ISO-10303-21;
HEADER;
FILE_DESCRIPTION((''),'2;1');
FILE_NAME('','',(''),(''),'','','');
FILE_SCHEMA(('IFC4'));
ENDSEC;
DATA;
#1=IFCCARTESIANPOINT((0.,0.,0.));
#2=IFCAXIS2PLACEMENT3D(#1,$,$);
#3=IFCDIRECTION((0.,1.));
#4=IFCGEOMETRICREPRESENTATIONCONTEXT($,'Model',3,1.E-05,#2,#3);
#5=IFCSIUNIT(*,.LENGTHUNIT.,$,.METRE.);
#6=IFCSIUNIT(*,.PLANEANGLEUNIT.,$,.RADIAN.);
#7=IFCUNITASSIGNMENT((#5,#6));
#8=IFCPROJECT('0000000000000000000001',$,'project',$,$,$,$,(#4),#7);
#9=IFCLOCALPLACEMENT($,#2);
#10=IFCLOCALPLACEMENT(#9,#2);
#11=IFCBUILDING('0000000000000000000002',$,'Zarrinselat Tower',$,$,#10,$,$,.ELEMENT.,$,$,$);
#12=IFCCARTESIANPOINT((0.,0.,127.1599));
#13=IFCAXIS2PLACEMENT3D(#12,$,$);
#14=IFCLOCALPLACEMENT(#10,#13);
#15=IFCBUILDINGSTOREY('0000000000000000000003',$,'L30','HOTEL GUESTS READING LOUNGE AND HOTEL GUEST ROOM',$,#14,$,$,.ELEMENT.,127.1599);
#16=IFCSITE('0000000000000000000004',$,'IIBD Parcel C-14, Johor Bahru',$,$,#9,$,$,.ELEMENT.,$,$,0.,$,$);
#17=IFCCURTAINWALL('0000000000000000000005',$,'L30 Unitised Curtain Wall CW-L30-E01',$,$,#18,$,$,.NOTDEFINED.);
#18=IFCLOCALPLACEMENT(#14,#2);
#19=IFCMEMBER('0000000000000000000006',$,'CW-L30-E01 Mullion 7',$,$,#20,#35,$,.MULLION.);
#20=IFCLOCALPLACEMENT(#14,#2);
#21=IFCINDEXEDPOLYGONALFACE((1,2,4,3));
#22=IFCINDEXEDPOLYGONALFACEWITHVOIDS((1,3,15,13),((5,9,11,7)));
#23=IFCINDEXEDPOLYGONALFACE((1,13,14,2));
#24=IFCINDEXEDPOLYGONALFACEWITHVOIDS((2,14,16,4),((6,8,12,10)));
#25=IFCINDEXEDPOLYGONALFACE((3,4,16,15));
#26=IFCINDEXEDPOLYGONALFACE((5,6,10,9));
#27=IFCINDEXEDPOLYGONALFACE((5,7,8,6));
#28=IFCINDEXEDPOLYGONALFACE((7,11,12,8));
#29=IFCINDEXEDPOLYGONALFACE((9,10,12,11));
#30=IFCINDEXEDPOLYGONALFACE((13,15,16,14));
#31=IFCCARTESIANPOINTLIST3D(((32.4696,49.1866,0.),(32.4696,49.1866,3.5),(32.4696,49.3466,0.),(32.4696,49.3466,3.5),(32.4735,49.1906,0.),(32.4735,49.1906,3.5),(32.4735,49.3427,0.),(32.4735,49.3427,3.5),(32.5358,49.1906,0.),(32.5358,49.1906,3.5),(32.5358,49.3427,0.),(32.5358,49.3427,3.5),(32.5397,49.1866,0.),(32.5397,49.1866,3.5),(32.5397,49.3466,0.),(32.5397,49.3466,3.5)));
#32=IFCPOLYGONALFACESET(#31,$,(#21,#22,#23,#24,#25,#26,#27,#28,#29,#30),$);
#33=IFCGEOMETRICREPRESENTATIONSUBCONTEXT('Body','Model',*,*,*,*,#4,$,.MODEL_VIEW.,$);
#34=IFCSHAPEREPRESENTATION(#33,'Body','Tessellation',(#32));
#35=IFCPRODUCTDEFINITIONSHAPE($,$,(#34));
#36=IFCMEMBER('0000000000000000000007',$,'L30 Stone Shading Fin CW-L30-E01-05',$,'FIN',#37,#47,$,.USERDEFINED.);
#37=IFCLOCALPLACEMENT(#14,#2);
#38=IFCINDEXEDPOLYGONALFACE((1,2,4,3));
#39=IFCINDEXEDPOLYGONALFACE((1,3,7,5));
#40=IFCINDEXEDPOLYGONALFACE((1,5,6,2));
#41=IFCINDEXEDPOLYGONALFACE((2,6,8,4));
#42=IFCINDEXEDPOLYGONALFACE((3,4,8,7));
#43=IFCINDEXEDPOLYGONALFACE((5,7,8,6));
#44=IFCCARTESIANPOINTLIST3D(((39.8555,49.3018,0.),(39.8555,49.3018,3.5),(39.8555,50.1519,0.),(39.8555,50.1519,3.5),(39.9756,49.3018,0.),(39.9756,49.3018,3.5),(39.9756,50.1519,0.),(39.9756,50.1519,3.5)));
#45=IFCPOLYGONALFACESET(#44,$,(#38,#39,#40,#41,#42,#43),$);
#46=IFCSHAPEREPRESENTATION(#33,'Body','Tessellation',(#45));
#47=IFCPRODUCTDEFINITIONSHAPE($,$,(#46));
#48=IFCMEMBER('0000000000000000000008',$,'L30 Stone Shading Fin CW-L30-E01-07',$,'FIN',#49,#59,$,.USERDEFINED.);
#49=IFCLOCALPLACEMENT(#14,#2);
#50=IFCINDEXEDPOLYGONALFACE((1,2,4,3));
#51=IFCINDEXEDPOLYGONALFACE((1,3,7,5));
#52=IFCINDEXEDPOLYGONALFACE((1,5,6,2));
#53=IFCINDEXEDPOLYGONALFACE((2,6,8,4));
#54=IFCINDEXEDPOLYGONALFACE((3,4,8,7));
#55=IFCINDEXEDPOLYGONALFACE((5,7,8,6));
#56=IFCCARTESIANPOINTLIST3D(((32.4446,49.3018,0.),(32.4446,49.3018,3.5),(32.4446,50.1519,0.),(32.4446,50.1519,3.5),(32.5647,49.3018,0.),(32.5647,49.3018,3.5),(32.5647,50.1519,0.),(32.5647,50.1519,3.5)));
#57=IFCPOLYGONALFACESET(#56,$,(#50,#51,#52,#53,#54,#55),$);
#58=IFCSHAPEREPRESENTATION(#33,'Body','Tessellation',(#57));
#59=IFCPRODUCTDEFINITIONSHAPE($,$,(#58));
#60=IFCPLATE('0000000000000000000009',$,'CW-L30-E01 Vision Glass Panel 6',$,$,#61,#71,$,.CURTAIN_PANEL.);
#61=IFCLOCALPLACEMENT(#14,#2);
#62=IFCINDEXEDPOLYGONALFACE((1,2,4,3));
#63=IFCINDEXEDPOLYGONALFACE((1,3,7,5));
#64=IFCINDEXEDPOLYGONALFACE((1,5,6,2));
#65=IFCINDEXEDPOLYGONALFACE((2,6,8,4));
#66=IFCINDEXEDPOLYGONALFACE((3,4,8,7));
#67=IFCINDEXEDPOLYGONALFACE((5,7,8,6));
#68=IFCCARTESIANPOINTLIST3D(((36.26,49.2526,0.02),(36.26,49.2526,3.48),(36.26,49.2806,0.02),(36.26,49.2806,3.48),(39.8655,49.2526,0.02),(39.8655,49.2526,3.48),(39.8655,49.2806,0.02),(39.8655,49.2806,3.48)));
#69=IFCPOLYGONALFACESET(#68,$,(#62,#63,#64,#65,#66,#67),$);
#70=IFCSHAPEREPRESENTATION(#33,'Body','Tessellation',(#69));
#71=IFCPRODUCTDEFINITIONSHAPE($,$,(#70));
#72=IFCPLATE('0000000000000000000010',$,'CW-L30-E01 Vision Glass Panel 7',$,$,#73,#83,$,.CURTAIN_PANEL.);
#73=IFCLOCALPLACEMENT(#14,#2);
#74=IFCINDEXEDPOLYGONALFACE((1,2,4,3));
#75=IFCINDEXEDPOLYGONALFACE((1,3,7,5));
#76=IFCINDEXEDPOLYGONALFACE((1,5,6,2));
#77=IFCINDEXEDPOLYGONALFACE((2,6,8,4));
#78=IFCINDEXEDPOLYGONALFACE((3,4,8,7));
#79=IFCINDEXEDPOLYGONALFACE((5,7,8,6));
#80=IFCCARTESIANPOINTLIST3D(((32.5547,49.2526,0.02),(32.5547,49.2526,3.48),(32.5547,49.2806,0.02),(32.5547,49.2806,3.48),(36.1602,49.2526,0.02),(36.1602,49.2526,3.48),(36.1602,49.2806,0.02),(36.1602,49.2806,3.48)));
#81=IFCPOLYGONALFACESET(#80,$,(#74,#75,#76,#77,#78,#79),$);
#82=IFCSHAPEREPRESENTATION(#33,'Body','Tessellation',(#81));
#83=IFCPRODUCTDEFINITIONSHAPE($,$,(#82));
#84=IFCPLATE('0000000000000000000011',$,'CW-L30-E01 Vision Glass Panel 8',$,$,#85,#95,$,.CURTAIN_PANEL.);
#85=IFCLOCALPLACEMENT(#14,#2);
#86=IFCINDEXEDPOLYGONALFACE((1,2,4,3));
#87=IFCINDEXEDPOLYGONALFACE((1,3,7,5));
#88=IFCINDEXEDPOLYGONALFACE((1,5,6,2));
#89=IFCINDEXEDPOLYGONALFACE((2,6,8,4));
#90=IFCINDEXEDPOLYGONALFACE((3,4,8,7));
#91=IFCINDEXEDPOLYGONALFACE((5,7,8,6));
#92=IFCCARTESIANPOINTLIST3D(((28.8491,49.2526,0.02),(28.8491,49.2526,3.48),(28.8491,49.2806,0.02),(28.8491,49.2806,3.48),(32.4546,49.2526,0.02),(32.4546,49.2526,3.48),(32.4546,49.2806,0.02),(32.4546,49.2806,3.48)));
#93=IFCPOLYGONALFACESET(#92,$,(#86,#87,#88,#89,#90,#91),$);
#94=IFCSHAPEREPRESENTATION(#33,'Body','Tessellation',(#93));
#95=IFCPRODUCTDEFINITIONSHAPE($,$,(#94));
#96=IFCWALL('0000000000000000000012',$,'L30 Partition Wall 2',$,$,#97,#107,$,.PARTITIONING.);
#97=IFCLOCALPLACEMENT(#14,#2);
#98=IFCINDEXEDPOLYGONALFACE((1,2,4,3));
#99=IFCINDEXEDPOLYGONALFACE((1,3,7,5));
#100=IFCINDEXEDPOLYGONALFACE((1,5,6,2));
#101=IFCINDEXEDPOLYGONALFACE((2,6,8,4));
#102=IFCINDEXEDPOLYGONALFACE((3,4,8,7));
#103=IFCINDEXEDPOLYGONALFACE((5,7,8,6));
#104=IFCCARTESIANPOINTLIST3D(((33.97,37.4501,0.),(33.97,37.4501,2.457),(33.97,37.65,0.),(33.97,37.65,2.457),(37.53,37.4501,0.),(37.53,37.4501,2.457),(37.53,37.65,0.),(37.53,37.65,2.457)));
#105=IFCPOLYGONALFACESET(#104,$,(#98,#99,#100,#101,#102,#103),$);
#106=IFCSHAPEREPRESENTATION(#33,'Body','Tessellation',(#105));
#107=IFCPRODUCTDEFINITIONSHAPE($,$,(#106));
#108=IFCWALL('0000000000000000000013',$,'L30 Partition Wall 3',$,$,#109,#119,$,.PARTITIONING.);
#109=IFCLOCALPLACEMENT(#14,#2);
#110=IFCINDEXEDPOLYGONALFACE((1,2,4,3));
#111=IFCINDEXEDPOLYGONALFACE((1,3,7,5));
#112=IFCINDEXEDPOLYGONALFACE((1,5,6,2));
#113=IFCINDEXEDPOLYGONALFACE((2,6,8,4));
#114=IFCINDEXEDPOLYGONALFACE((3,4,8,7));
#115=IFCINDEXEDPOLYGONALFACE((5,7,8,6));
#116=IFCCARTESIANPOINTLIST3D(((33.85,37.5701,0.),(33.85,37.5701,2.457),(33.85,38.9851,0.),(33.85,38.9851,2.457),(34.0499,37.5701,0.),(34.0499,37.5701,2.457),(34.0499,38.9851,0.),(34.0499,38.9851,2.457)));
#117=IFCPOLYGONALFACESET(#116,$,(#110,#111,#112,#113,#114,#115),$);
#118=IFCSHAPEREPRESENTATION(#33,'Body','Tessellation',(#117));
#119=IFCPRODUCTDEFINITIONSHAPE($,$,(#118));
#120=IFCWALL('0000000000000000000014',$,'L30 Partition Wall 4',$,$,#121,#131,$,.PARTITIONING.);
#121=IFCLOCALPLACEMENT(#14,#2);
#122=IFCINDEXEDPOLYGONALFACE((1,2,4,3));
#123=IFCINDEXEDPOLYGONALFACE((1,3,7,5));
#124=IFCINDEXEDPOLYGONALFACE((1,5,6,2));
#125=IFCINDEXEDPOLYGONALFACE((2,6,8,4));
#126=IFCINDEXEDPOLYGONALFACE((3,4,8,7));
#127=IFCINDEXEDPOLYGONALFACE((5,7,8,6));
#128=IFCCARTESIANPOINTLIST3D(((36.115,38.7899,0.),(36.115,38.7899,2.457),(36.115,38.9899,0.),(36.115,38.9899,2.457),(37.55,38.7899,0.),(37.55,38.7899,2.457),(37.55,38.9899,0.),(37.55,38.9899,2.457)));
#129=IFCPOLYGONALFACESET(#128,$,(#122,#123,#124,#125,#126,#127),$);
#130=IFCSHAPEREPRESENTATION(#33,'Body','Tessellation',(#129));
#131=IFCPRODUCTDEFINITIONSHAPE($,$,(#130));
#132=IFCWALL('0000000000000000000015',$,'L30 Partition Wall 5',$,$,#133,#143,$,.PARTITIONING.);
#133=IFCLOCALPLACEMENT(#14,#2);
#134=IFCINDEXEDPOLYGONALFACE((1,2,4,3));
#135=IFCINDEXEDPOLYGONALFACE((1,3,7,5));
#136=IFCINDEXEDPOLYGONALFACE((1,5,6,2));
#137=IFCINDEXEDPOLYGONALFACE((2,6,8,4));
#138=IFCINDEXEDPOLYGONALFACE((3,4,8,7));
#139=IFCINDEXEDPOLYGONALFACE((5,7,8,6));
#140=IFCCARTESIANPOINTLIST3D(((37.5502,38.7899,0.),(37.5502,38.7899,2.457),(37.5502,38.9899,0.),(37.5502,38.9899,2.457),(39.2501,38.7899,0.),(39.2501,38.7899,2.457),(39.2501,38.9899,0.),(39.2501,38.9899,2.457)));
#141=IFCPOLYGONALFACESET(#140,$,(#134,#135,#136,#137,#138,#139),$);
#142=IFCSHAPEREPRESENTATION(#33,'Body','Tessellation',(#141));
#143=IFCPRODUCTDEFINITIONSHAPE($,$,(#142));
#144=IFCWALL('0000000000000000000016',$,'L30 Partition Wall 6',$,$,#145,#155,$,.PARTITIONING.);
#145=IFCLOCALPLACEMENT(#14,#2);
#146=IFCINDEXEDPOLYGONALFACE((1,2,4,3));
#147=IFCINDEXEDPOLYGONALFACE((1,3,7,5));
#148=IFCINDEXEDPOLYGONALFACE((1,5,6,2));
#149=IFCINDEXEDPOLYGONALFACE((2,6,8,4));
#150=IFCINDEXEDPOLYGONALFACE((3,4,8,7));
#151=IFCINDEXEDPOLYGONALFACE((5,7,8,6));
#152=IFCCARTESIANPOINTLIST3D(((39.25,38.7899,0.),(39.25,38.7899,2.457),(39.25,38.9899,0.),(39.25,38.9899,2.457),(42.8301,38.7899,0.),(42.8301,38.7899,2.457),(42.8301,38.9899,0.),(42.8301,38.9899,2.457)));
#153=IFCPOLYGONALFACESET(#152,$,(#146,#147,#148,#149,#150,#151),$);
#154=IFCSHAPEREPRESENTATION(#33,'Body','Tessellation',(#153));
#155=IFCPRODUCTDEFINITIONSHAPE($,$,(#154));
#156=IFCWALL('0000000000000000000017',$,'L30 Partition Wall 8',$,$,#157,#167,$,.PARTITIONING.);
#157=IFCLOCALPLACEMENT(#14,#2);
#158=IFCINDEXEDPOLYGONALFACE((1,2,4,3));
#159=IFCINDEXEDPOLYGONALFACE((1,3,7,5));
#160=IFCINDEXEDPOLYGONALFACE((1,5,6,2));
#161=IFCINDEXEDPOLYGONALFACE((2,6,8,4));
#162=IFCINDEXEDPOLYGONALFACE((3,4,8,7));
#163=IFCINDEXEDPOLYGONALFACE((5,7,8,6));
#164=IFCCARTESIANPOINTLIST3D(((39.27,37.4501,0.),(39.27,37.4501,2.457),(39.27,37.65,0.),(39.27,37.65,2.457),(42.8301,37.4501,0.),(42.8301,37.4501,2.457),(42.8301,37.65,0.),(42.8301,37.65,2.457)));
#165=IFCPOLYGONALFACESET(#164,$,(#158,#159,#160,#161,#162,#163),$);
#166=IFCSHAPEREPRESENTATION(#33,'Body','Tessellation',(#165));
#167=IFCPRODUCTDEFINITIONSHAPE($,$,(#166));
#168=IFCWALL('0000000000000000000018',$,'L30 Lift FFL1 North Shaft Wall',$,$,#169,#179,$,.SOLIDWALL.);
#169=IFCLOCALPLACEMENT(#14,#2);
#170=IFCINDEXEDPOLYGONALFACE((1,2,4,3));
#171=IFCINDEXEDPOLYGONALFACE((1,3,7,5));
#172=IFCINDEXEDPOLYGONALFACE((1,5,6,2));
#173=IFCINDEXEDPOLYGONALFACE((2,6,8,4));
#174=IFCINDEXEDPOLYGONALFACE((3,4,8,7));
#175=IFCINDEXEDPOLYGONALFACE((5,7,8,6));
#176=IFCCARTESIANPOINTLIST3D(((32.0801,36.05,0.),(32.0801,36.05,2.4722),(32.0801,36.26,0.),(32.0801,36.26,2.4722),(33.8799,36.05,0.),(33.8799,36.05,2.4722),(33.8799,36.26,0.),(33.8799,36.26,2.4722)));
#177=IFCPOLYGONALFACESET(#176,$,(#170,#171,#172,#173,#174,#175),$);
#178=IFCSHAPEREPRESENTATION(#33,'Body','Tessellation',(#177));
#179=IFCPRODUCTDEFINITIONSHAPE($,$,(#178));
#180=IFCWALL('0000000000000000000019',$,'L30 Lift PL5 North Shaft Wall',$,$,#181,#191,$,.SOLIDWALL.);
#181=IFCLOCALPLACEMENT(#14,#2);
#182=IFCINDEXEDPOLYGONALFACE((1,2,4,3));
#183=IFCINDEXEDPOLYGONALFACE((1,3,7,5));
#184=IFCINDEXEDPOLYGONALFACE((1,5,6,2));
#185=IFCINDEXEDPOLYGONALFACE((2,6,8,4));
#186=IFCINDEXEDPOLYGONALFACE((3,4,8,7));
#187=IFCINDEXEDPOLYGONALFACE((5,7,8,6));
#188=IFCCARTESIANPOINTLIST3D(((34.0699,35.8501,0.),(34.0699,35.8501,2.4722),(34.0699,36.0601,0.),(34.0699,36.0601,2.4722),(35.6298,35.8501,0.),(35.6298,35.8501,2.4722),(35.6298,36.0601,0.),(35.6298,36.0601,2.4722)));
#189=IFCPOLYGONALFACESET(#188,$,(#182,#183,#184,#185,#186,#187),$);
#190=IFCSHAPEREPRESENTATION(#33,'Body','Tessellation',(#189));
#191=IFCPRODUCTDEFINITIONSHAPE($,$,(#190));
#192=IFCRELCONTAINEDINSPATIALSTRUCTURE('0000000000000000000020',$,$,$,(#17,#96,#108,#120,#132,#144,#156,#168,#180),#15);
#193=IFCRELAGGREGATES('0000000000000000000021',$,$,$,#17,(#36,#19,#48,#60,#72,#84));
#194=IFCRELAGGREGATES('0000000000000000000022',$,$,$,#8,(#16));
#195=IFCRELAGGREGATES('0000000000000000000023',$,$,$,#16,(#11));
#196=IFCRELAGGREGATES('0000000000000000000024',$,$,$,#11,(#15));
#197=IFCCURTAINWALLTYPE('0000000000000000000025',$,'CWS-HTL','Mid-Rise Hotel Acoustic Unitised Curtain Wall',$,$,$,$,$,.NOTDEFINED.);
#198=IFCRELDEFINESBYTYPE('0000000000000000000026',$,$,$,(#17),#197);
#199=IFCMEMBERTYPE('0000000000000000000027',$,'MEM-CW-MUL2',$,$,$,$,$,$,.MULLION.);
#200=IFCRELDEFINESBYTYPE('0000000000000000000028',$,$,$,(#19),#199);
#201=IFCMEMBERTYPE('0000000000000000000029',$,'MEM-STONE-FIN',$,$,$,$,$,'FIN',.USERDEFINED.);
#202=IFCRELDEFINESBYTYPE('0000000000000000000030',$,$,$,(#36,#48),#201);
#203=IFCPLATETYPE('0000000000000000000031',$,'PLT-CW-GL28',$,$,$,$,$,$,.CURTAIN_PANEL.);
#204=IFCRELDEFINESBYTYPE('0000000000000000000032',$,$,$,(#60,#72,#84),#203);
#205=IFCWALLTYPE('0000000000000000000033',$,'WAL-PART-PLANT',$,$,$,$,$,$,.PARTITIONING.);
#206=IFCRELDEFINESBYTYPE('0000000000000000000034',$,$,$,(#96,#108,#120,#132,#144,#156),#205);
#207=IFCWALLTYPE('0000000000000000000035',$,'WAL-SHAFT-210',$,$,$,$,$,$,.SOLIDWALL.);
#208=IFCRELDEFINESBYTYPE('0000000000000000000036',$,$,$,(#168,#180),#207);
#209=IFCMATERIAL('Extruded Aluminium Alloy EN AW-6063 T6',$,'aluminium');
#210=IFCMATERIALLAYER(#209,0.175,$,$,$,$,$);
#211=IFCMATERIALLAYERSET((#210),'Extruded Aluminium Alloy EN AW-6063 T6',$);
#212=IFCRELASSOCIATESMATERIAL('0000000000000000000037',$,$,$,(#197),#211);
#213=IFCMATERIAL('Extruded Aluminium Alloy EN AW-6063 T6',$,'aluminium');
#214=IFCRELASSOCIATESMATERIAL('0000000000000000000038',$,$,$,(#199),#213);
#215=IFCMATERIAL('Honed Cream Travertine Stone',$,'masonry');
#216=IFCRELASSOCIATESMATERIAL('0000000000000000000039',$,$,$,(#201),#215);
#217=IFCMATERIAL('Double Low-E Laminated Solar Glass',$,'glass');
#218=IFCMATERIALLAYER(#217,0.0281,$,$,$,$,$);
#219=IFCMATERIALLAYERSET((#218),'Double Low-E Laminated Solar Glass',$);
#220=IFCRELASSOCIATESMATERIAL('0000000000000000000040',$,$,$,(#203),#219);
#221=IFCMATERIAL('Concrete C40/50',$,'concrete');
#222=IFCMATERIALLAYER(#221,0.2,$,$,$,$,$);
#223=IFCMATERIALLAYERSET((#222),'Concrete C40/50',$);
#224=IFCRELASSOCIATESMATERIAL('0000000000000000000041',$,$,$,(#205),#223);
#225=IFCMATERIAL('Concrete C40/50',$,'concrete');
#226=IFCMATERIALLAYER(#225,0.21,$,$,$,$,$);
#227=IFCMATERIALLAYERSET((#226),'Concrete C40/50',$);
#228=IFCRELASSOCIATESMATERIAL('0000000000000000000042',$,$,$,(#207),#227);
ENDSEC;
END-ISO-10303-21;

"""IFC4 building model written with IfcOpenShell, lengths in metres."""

from ifc_helpers import new_model, si_unit, direction, frame, frame_2d, origin, origin_2d, place, context, subcontext, project, spatial, rectangle, hollow_rectangle, extrude, material, layer, layer_set, material_profile, profile_set, type_object, element, aggregate, save


model = new_model("IFC4")

# Units and contexts
model_context = context("Model", 3, precision=1e-05, world=origin(), true_north=direction((0.0, 1.0)))
body_context = subcontext(model_context, "Body", "Model", "MODEL_VIEW")
ifc_project = project(units=[si_unit("LENGTHUNIT", "METRE"), si_unit("PLANEANGLEUNIT", "RADIAN")], contexts=[model_context])

# Site, building, storey
site_placement = place(None, origin())
site = spatial("IfcSite", under=ifc_project, at=site_placement, Name="IIBD Parcel C-14, Johor Bahru", CompositionType="ELEMENT", RefElevation=0.0)
building_placement = place(site_placement, origin())
building = spatial("IfcBuilding", under=site, at=building_placement, Name="Zarrinselat Tower", CompositionType="ELEMENT")
storey_placement = place(building_placement, frame((0.0, 0.0, 127.1599)))
storey = spatial("IfcBuildingStorey", under=building, at=storey_placement, Name="L30", Description="HOTEL GUESTS READING LOUNGE AND HOTEL GUEST ROOM", CompositionType="ELEMENT", Elevation=127.1599)

# Curtain wall, members, plates
ifc_material_1 = material(Name="Extruded Aluminium Alloy EN AW-6063 T6", Category="aluminium")
ifc_layer_1 = layer(ifc_material_1, 0.175)
ifc_layer_set_1 = layer_set([ifc_layer_1], Name="Extruded Aluminium Alloy EN AW-6063 T6")
curtain_wall_type = type_object("IfcCurtainWallType", Name="CWS-HTL", Description="Mid-Rise Hotel Acoustic Unitised Curtain Wall", PredefinedType="NOTDEFINED", material=ifc_layer_set_1)
curtain_wall_placement = place(storey_placement, origin())
curtain_wall = element("IfcCurtainWall", 1, at=curtain_wall_placement, inside=storey, type_object=curtain_wall_type, Name="L30 Unitised Curtain Wall CW-L30-E01", PredefinedType="NOTDEFINED")
ifc_material_2 = material(Name="Extruded Aluminium Alloy EN AW-6063 T6", Category="aluminium")
ifc_material_profile_1 = material_profile(ifc_material_2, hollow_rectangle(XDim=0.0701, YDim=0.1599, WallThickness=0.0039, at=origin_2d()), Name="RHS 160x70x4")
ifc_profile_set_1 = profile_set([ifc_material_profile_1], Name="Extruded Aluminium Alloy EN AW-6063 T6")
member_type_1 = type_object("IfcMemberType", Name="MEM-CW-MUL2", PredefinedType="MULLION", material=ifc_profile_set_1)
member_1_placement = place(storey_placement, frame((32.5046, 49.2666, 0.0), z_axis=(0.0, 0.0, 1.0), x_axis=(-1.0, 0.0, 0.0)))
member_1 = element("IfcMember", 2, at=member_1_placement, type_object=member_type_1, Name="CW-L30-E01 Mullion 7", PredefinedType="MULLION", context=body_context, shape_type="SweptSolid", body=[
    extrude(hollow_rectangle(XDim=0.0701, YDim=0.1599, WallThickness=0.0039, at=origin_2d()), origin(), (0.0, 0.0, 1.0), 3.5),
])
ifc_material_3 = material(Name="Honed Cream Travertine Stone", Category="masonry")
ifc_material_profile_2 = material_profile(ifc_material_3, rectangle(XDim=0.1201, YDim=0.8501, at=origin_2d()), Name="FIN 850x120")
ifc_profile_set_2 = profile_set([ifc_material_profile_2], Name="Honed Cream Travertine Stone")
member_type_2 = type_object("IfcMemberType", Name="MEM-STONE-FIN", ElementType="FIN", PredefinedType="USERDEFINED", material=ifc_profile_set_2)
member_2_placement = place(storey_placement, frame((39.9155, 49.7268, 0.0), z_axis=(0.0, 0.0, 1.0), x_axis=(1.0, 0.0, 0.0)))
member_2 = element("IfcMember", 3, at=member_2_placement, type_object=member_type_2, Name="L30 Stone Shading Fin CW-L30-E01-05", ObjectType="FIN", PredefinedType="USERDEFINED", context=body_context, shape_type="SweptSolid", body=[
    extrude(rectangle(XDim=0.1201, YDim=0.8501, at=origin_2d()), origin(), (0.0, 0.0, 1.0), 3.5),
])
member_3_placement = place(storey_placement, frame((32.5046, 49.7268, 0.0), z_axis=(0.0, 0.0, 1.0), x_axis=(1.0, 0.0, 0.0)))
member_3 = element("IfcMember", 4, at=member_3_placement, type_object=member_type_2, Name="L30 Stone Shading Fin CW-L30-E01-07", ObjectType="FIN", PredefinedType="USERDEFINED", context=body_context, shape_type="SweptSolid", body=[
    extrude(rectangle(XDim=0.1201, YDim=0.8501, at=origin_2d()), origin(), (0.0, 0.0, 1.0), 3.5),
])
ifc_material_4 = material(Name="Double Low-E Laminated Solar Glass", Category="glass")
ifc_layer_2 = layer(ifc_material_4, 0.0281)
ifc_layer_set_2 = layer_set([ifc_layer_2], Name="Double Low-E Laminated Solar Glass")
plate_type = type_object("IfcPlateType", Name="PLT-CW-GL28", PredefinedType="CURTAIN_PANEL", material=ifc_layer_set_2)
plate_1_placement = place(storey_placement, frame((38.0627, 49.2666, 0.02), z_axis=(0.0, 0.0, 1.0), x_axis=(-1.0, 0.0, 0.0)))
plate_1 = element("IfcPlate", 5, at=plate_1_placement, type_object=plate_type, Name="CW-L30-E01 Vision Glass Panel 6", PredefinedType="CURTAIN_PANEL", context=body_context, shape_type="SweptSolid", body=[
    extrude(rectangle(XDim=3.6055, YDim=0.0281, at=origin_2d()), origin(), (0.0, 0.0, 1.0), 3.46),
])
plate_2_placement = place(storey_placement, frame((34.3574, 49.2666, 0.02), z_axis=(0.0, 0.0, 1.0), x_axis=(-1.0, 0.0, 0.0)))
plate_2 = element("IfcPlate", 6, at=plate_2_placement, type_object=plate_type, Name="CW-L30-E01 Vision Glass Panel 7", PredefinedType="CURTAIN_PANEL", context=body_context, shape_type="SweptSolid", body=[
    extrude(rectangle(XDim=3.6055, YDim=0.0281, at=origin_2d()), origin(), (0.0, 0.0, 1.0), 3.46),
])
plate_3_placement = place(storey_placement, frame((30.6519, 49.2666, 0.02), z_axis=(0.0, 0.0, 1.0), x_axis=(-1.0, 0.0, 0.0)))
plate_3 = element("IfcPlate", 7, at=plate_3_placement, type_object=plate_type, Name="CW-L30-E01 Vision Glass Panel 8", PredefinedType="CURTAIN_PANEL", context=body_context, shape_type="SweptSolid", body=[
    extrude(rectangle(XDim=3.6055, YDim=0.0281, at=origin_2d()), origin(), (0.0, 0.0, 1.0), 3.46),
])
aggregate(curtain_wall, [member_2, member_1, member_3, plate_1, plate_2, plate_3])

# Walls
ifc_material_5 = material(Name="Concrete C40/50", Category="concrete")
ifc_layer_3 = layer(ifc_material_5, 0.2)
ifc_layer_set_3 = layer_set([ifc_layer_3], Name="Concrete C40/50")
wall_type_1 = type_object("IfcWallType", Name="WAL-PART-PLANT", PredefinedType="PARTITIONING", material=ifc_layer_set_3)
wall_1_placement = place(storey_placement, frame((33.97, 37.55, 0.0), z_axis=(0.0, 0.0, 1.0), x_axis=(1.0, 0.0, 0.0)))
element("IfcWall", 8, at=wall_1_placement, inside=storey, type_object=wall_type_1, Name="L30 Partition Wall 2", PredefinedType="PARTITIONING", context=body_context, shape_type="SweptSolid", body=[
    extrude(rectangle(XDim=3.5601, YDim=0.2, at=frame_2d((1.78, 0.0))), origin(), (0.0, 0.0, 1.0), 2.457),
])
wall_2_placement = place(storey_placement, frame((33.95, 37.5701, 0.0), z_axis=(0.0, 0.0, 1.0), x_axis=(0.0, 1.0, 0.0)))
element("IfcWall", 9, at=wall_2_placement, inside=storey, type_object=wall_type_1, Name="L30 Partition Wall 3", PredefinedType="PARTITIONING", context=body_context, shape_type="SweptSolid", body=[
    extrude(rectangle(XDim=1.415, YDim=0.2, at=frame_2d((0.7075, 0.0))), origin(), (0.0, 0.0, 1.0), 2.457),
])
wall_3_placement = place(storey_placement, frame((36.115, 38.8899, 0.0), z_axis=(0.0, 0.0, 1.0), x_axis=(1.0, 0.0, 0.0)))
element("IfcWall", 10, at=wall_3_placement, inside=storey, type_object=wall_type_1, Name="L30 Partition Wall 4", PredefinedType="PARTITIONING", context=body_context, shape_type="SweptSolid", body=[
    extrude(rectangle(XDim=1.4351, YDim=0.2, at=frame_2d((0.7175, 0.0))), origin(), (0.0, 0.0, 1.0), 2.457),
])
wall_4_placement = place(storey_placement, frame((37.55, 38.8899, 0.0), z_axis=(0.0, 0.0, 1.0), x_axis=(1.0, 0.0, 0.0)))
element("IfcWall", 11, at=wall_4_placement, inside=storey, type_object=wall_type_1, Name="L30 Partition Wall 5", PredefinedType="PARTITIONING", context=body_context, shape_type="SweptSolid", body=[
    extrude(rectangle(XDim=1.7, YDim=0.2, at=frame_2d((0.8501, 0.0))), origin(), (0.0, 0.0, 1.0), 2.457),
])
wall_5_placement = place(storey_placement, frame((39.25, 38.8899, 0.0), z_axis=(0.0, 0.0, 1.0), x_axis=(1.0, 0.0, 0.0)))
element("IfcWall", 12, at=wall_5_placement, inside=storey, type_object=wall_type_1, Name="L30 Partition Wall 6", PredefinedType="PARTITIONING", context=body_context, shape_type="SweptSolid", body=[
    extrude(rectangle(XDim=3.5801, YDim=0.2, at=frame_2d((1.79, 0.0))), origin(), (0.0, 0.0, 1.0), 2.457),
])
wall_6_placement = place(storey_placement, frame((39.27, 37.55, 0.0), z_axis=(0.0, 0.0, 1.0), x_axis=(1.0, 0.0, 0.0)))
element("IfcWall", 13, at=wall_6_placement, inside=storey, type_object=wall_type_1, Name="L30 Partition Wall 8", PredefinedType="PARTITIONING", context=body_context, shape_type="SweptSolid", body=[
    extrude(rectangle(XDim=3.5601, YDim=0.2, at=frame_2d((1.78, 0.0))), origin(), (0.0, 0.0, 1.0), 2.457),
])
ifc_material_6 = material(Name="Concrete C40/50", Category="concrete")
ifc_layer_4 = layer(ifc_material_6, 0.21)
ifc_layer_set_4 = layer_set([ifc_layer_4], Name="Concrete C40/50")
wall_type_2 = type_object("IfcWallType", Name="WAL-SHAFT-210", PredefinedType="SOLIDWALL", material=ifc_layer_set_4)
wall_7_placement = place(storey_placement, frame((32.0801, 36.155, 0.0), z_axis=(0.0, 0.0, 1.0), x_axis=(1.0, 0.0, 0.0)))
element("IfcWall", 14, at=wall_7_placement, inside=storey, type_object=wall_type_2, Name="L30 Lift FFL1 North Shaft Wall", PredefinedType="SOLIDWALL", context=body_context, shape_type="SweptSolid", body=[
    extrude(rectangle(XDim=1.7998, YDim=0.21, at=frame_2d((0.8999, 0.0))), origin(), (0.0, 0.0, 1.0), 2.4722),
])
wall_8_placement = place(storey_placement, frame((34.0701, 35.9551, 0.0), z_axis=(0.0, 0.0, 1.0), x_axis=(1.0, 0.0, 0.0)))
element("IfcWall", 15, at=wall_8_placement, inside=storey, type_object=wall_type_2, Name="L30 Lift PL5 North Shaft Wall", PredefinedType="SOLIDWALL", context=body_context, shape_type="SweptSolid", body=[
    extrude(rectangle(XDim=1.5598, YDim=0.21, at=frame_2d((0.7798, 0.0))), origin(), (0.0, 0.0, 1.0), 2.4722),
])

save(model, "model.ifc")
